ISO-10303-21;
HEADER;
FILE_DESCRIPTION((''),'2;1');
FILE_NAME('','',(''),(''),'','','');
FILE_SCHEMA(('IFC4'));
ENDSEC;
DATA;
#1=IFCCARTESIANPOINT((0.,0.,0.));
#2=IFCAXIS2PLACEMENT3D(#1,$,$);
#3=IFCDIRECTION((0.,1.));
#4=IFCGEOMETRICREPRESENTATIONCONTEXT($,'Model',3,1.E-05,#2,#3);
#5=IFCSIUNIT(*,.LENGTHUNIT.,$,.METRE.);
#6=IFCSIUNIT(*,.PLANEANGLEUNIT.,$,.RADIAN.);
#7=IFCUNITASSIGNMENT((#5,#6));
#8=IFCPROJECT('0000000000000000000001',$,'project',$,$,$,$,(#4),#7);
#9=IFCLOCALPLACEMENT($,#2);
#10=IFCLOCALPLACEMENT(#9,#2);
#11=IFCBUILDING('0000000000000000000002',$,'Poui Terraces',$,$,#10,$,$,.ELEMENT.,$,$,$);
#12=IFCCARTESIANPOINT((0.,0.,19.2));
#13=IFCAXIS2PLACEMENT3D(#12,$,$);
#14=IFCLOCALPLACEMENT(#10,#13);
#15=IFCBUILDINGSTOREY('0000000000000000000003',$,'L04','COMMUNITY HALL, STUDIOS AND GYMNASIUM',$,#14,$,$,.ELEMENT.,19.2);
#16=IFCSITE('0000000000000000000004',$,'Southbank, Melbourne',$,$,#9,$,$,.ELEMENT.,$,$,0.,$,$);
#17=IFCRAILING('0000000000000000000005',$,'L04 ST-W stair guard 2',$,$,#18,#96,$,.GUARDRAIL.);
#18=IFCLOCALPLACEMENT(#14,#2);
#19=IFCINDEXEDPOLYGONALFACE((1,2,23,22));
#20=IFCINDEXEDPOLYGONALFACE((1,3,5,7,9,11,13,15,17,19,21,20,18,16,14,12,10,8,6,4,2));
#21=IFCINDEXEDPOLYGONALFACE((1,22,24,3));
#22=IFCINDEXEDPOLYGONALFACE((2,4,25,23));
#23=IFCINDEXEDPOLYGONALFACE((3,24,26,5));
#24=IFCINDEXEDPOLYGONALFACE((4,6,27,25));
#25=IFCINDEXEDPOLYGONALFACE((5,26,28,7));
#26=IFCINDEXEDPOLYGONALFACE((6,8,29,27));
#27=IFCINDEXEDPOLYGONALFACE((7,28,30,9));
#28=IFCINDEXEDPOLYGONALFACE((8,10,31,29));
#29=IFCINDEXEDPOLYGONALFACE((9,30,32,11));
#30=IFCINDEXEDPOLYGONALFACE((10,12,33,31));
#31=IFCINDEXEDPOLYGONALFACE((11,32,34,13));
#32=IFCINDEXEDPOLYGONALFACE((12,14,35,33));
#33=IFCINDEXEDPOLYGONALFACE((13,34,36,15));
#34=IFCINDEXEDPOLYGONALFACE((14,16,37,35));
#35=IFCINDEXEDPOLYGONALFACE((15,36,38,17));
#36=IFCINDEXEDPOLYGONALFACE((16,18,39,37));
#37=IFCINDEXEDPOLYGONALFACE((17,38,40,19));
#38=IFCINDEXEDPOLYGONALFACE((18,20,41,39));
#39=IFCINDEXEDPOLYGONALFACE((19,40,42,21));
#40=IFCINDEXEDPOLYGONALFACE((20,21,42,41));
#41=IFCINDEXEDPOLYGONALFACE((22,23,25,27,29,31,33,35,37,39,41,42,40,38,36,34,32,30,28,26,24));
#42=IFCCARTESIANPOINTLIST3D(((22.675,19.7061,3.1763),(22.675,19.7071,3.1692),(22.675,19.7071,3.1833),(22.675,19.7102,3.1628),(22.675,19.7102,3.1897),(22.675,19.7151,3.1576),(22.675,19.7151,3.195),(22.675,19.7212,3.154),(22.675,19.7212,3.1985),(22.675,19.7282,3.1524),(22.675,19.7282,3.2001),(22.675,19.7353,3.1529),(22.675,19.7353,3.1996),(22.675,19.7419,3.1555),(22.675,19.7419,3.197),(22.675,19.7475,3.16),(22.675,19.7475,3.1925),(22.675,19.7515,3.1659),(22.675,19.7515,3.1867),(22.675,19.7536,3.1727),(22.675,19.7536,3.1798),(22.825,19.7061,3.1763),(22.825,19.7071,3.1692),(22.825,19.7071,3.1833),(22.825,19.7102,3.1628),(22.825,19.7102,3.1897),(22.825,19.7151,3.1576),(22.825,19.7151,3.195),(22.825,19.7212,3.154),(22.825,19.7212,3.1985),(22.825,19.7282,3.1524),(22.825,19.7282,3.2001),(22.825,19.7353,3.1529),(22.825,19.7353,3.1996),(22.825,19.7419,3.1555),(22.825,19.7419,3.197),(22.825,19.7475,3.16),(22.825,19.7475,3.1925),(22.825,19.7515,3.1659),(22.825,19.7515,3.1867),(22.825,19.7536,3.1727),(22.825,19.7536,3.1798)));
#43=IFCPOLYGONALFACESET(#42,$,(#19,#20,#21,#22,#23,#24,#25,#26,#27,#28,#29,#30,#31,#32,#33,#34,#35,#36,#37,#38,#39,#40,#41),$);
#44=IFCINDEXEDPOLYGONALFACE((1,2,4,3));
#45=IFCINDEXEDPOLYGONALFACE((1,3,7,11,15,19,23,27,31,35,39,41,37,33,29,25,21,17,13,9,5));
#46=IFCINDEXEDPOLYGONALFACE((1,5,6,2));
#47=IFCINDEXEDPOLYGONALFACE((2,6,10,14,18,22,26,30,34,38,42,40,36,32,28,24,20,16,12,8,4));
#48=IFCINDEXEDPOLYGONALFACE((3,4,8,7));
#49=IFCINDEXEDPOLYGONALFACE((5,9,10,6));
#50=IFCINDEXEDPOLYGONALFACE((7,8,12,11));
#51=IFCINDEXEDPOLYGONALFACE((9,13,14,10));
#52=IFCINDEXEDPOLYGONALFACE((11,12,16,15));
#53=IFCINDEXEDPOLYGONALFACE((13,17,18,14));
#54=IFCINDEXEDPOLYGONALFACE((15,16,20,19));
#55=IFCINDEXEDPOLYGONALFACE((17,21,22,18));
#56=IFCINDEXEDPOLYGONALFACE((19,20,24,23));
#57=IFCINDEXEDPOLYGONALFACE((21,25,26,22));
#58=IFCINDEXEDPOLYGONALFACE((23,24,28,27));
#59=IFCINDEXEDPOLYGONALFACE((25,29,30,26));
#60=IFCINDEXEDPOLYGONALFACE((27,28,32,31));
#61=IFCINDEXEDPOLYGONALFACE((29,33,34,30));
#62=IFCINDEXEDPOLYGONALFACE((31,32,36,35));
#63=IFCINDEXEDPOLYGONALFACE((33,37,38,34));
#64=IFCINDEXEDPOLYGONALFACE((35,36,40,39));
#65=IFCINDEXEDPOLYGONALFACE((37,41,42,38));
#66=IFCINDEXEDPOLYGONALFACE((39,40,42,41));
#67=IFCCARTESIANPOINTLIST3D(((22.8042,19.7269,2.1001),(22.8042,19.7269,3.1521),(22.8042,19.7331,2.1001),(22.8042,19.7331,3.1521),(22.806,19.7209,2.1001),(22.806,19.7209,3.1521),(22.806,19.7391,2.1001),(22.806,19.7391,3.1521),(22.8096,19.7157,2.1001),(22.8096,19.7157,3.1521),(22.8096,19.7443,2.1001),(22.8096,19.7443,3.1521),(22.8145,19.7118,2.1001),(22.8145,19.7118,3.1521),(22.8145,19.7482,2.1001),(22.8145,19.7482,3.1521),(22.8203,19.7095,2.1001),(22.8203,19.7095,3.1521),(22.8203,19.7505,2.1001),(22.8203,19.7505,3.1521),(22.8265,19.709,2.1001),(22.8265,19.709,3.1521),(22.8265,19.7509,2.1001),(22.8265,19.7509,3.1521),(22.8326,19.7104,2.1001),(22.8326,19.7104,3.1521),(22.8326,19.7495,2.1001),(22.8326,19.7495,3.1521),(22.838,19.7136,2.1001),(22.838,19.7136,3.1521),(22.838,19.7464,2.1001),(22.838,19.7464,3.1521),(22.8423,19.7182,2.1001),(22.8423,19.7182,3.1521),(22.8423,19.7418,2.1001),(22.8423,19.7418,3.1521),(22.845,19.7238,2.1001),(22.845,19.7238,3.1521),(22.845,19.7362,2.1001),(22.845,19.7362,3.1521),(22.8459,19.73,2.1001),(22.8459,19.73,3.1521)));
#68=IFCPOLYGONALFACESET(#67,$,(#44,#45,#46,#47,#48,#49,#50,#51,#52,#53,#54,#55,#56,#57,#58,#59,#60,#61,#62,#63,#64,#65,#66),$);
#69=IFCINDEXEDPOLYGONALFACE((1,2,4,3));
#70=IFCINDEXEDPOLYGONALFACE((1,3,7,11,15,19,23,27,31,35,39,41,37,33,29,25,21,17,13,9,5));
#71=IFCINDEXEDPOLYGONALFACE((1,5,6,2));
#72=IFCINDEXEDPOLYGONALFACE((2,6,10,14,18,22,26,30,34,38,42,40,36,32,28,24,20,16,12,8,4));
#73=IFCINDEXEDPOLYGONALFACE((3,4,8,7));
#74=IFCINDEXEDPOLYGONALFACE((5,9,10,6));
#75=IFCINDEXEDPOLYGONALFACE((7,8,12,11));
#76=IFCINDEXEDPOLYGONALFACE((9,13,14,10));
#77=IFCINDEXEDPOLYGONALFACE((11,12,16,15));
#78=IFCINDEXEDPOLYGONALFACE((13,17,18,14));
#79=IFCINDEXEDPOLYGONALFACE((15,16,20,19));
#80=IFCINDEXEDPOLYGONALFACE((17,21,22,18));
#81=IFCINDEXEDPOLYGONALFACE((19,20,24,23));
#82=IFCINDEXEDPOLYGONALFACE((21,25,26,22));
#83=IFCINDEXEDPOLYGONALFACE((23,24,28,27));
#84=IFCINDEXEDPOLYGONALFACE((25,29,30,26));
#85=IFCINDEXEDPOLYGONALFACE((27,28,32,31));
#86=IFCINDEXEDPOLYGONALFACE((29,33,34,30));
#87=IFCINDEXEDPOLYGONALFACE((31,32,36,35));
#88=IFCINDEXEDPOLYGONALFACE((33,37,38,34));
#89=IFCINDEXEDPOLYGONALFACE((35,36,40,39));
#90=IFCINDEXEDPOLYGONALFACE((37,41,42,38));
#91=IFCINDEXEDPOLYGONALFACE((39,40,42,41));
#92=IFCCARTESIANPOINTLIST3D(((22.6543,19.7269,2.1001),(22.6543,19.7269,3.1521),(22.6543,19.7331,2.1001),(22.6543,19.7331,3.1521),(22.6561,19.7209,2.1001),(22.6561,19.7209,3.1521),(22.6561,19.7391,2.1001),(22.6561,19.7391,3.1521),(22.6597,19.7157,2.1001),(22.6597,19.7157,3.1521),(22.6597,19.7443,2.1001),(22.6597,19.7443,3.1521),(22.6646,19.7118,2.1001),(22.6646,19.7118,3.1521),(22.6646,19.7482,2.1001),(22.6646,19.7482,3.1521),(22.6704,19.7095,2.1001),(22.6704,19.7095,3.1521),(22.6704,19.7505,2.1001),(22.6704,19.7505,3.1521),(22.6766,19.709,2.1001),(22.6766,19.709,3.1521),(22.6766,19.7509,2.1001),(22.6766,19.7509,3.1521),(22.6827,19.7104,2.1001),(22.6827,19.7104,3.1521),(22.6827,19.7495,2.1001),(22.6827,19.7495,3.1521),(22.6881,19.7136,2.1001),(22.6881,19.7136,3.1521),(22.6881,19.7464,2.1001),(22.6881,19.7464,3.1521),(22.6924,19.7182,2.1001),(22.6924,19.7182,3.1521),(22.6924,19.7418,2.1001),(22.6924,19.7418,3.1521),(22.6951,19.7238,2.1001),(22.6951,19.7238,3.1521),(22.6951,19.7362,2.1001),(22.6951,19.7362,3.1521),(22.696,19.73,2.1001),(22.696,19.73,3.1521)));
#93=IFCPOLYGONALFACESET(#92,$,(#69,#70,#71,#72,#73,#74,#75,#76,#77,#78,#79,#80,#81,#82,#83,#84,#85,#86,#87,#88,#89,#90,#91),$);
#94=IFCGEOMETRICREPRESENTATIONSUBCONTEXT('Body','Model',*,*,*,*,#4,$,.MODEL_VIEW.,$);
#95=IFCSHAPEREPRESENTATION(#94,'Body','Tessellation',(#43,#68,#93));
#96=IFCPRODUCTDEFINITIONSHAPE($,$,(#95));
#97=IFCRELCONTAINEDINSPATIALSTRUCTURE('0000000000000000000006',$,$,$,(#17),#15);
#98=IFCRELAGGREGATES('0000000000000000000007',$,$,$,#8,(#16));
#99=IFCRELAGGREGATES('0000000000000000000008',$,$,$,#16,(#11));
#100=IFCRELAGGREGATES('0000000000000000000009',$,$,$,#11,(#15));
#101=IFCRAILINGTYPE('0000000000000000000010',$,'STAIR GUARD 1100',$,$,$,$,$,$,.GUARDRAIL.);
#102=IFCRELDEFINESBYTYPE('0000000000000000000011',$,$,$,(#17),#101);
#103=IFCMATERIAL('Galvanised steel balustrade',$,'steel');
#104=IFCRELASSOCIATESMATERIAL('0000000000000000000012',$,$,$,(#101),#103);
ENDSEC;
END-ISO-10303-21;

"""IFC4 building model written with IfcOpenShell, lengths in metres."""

from ifc_helpers import new_model, si_unit, direction, frame, origin, origin_2d, place, context, subcontext, project, spatial, circle, extrude, material, type_object, element, save


model = new_model("IFC4")

# Units and contexts
model_context = context("Model", 3, precision=1e-05, world=origin(), true_north=direction((0.0, 1.0)))
body_context = subcontext(model_context, "Body", "Model", "MODEL_VIEW")
ifc_project = project(units=[si_unit("LENGTHUNIT", "METRE"), si_unit("PLANEANGLEUNIT", "RADIAN")], contexts=[model_context])

# Site, building, storey
site_placement = place(None, origin())
site = spatial("IfcSite", under=ifc_project, at=site_placement, Name="Southbank, Melbourne", CompositionType="ELEMENT", RefElevation=0.0)
building_placement = place(site_placement, origin())
building = spatial("IfcBuilding", under=site, at=building_placement, Name="Poui Terraces", CompositionType="ELEMENT")
storey_placement = place(building_placement, frame((0.0, 0.0, 19.2)))
storey = spatial("IfcBuildingStorey", under=building, at=storey_placement, Name="L04", Description="COMMUNITY HALL, STUDIOS AND GYMNASIUM", CompositionType="ELEMENT", Elevation=19.2)

# Railing
ifc_material_1 = material(Name="Galvanised steel balustrade", Category="steel")
railing_type_1 = type_object("IfcRailingType", Name="STAIR GUARD 1100", PredefinedType="GUARDRAIL", material=ifc_material_1)
railing_1_placement = place(storey_placement, frame((22.825, 19.73, 2.1001)))
element("IfcRailing", 1, at=railing_1_placement, inside=storey, type_object=railing_type_1, Name="L04 ST-W stair guard 2", PredefinedType="GUARDRAIL", context=body_context, shape_type="SweptSolid", body=[
    extrude(circle(Radius=0.0239, at=origin_2d()), frame((0.0, 0.0, 1.0762), z_axis=(-1.0, 0.0, 0.0), x_axis=(0.0, -1.0, 0.0)), (0.0, 0.0, 1.0), 0.1499),
    extrude(circle(Radius=0.021, at=origin_2d()), origin(), (0.0, 0.0, 1.0), 1.052),
    extrude(circle(Radius=0.021, at=origin_2d()), frame((-0.1499, 0.0, 0.0)), (0.0, 0.0, 1.0), 1.052),
])

save(model, "model.ifc")
